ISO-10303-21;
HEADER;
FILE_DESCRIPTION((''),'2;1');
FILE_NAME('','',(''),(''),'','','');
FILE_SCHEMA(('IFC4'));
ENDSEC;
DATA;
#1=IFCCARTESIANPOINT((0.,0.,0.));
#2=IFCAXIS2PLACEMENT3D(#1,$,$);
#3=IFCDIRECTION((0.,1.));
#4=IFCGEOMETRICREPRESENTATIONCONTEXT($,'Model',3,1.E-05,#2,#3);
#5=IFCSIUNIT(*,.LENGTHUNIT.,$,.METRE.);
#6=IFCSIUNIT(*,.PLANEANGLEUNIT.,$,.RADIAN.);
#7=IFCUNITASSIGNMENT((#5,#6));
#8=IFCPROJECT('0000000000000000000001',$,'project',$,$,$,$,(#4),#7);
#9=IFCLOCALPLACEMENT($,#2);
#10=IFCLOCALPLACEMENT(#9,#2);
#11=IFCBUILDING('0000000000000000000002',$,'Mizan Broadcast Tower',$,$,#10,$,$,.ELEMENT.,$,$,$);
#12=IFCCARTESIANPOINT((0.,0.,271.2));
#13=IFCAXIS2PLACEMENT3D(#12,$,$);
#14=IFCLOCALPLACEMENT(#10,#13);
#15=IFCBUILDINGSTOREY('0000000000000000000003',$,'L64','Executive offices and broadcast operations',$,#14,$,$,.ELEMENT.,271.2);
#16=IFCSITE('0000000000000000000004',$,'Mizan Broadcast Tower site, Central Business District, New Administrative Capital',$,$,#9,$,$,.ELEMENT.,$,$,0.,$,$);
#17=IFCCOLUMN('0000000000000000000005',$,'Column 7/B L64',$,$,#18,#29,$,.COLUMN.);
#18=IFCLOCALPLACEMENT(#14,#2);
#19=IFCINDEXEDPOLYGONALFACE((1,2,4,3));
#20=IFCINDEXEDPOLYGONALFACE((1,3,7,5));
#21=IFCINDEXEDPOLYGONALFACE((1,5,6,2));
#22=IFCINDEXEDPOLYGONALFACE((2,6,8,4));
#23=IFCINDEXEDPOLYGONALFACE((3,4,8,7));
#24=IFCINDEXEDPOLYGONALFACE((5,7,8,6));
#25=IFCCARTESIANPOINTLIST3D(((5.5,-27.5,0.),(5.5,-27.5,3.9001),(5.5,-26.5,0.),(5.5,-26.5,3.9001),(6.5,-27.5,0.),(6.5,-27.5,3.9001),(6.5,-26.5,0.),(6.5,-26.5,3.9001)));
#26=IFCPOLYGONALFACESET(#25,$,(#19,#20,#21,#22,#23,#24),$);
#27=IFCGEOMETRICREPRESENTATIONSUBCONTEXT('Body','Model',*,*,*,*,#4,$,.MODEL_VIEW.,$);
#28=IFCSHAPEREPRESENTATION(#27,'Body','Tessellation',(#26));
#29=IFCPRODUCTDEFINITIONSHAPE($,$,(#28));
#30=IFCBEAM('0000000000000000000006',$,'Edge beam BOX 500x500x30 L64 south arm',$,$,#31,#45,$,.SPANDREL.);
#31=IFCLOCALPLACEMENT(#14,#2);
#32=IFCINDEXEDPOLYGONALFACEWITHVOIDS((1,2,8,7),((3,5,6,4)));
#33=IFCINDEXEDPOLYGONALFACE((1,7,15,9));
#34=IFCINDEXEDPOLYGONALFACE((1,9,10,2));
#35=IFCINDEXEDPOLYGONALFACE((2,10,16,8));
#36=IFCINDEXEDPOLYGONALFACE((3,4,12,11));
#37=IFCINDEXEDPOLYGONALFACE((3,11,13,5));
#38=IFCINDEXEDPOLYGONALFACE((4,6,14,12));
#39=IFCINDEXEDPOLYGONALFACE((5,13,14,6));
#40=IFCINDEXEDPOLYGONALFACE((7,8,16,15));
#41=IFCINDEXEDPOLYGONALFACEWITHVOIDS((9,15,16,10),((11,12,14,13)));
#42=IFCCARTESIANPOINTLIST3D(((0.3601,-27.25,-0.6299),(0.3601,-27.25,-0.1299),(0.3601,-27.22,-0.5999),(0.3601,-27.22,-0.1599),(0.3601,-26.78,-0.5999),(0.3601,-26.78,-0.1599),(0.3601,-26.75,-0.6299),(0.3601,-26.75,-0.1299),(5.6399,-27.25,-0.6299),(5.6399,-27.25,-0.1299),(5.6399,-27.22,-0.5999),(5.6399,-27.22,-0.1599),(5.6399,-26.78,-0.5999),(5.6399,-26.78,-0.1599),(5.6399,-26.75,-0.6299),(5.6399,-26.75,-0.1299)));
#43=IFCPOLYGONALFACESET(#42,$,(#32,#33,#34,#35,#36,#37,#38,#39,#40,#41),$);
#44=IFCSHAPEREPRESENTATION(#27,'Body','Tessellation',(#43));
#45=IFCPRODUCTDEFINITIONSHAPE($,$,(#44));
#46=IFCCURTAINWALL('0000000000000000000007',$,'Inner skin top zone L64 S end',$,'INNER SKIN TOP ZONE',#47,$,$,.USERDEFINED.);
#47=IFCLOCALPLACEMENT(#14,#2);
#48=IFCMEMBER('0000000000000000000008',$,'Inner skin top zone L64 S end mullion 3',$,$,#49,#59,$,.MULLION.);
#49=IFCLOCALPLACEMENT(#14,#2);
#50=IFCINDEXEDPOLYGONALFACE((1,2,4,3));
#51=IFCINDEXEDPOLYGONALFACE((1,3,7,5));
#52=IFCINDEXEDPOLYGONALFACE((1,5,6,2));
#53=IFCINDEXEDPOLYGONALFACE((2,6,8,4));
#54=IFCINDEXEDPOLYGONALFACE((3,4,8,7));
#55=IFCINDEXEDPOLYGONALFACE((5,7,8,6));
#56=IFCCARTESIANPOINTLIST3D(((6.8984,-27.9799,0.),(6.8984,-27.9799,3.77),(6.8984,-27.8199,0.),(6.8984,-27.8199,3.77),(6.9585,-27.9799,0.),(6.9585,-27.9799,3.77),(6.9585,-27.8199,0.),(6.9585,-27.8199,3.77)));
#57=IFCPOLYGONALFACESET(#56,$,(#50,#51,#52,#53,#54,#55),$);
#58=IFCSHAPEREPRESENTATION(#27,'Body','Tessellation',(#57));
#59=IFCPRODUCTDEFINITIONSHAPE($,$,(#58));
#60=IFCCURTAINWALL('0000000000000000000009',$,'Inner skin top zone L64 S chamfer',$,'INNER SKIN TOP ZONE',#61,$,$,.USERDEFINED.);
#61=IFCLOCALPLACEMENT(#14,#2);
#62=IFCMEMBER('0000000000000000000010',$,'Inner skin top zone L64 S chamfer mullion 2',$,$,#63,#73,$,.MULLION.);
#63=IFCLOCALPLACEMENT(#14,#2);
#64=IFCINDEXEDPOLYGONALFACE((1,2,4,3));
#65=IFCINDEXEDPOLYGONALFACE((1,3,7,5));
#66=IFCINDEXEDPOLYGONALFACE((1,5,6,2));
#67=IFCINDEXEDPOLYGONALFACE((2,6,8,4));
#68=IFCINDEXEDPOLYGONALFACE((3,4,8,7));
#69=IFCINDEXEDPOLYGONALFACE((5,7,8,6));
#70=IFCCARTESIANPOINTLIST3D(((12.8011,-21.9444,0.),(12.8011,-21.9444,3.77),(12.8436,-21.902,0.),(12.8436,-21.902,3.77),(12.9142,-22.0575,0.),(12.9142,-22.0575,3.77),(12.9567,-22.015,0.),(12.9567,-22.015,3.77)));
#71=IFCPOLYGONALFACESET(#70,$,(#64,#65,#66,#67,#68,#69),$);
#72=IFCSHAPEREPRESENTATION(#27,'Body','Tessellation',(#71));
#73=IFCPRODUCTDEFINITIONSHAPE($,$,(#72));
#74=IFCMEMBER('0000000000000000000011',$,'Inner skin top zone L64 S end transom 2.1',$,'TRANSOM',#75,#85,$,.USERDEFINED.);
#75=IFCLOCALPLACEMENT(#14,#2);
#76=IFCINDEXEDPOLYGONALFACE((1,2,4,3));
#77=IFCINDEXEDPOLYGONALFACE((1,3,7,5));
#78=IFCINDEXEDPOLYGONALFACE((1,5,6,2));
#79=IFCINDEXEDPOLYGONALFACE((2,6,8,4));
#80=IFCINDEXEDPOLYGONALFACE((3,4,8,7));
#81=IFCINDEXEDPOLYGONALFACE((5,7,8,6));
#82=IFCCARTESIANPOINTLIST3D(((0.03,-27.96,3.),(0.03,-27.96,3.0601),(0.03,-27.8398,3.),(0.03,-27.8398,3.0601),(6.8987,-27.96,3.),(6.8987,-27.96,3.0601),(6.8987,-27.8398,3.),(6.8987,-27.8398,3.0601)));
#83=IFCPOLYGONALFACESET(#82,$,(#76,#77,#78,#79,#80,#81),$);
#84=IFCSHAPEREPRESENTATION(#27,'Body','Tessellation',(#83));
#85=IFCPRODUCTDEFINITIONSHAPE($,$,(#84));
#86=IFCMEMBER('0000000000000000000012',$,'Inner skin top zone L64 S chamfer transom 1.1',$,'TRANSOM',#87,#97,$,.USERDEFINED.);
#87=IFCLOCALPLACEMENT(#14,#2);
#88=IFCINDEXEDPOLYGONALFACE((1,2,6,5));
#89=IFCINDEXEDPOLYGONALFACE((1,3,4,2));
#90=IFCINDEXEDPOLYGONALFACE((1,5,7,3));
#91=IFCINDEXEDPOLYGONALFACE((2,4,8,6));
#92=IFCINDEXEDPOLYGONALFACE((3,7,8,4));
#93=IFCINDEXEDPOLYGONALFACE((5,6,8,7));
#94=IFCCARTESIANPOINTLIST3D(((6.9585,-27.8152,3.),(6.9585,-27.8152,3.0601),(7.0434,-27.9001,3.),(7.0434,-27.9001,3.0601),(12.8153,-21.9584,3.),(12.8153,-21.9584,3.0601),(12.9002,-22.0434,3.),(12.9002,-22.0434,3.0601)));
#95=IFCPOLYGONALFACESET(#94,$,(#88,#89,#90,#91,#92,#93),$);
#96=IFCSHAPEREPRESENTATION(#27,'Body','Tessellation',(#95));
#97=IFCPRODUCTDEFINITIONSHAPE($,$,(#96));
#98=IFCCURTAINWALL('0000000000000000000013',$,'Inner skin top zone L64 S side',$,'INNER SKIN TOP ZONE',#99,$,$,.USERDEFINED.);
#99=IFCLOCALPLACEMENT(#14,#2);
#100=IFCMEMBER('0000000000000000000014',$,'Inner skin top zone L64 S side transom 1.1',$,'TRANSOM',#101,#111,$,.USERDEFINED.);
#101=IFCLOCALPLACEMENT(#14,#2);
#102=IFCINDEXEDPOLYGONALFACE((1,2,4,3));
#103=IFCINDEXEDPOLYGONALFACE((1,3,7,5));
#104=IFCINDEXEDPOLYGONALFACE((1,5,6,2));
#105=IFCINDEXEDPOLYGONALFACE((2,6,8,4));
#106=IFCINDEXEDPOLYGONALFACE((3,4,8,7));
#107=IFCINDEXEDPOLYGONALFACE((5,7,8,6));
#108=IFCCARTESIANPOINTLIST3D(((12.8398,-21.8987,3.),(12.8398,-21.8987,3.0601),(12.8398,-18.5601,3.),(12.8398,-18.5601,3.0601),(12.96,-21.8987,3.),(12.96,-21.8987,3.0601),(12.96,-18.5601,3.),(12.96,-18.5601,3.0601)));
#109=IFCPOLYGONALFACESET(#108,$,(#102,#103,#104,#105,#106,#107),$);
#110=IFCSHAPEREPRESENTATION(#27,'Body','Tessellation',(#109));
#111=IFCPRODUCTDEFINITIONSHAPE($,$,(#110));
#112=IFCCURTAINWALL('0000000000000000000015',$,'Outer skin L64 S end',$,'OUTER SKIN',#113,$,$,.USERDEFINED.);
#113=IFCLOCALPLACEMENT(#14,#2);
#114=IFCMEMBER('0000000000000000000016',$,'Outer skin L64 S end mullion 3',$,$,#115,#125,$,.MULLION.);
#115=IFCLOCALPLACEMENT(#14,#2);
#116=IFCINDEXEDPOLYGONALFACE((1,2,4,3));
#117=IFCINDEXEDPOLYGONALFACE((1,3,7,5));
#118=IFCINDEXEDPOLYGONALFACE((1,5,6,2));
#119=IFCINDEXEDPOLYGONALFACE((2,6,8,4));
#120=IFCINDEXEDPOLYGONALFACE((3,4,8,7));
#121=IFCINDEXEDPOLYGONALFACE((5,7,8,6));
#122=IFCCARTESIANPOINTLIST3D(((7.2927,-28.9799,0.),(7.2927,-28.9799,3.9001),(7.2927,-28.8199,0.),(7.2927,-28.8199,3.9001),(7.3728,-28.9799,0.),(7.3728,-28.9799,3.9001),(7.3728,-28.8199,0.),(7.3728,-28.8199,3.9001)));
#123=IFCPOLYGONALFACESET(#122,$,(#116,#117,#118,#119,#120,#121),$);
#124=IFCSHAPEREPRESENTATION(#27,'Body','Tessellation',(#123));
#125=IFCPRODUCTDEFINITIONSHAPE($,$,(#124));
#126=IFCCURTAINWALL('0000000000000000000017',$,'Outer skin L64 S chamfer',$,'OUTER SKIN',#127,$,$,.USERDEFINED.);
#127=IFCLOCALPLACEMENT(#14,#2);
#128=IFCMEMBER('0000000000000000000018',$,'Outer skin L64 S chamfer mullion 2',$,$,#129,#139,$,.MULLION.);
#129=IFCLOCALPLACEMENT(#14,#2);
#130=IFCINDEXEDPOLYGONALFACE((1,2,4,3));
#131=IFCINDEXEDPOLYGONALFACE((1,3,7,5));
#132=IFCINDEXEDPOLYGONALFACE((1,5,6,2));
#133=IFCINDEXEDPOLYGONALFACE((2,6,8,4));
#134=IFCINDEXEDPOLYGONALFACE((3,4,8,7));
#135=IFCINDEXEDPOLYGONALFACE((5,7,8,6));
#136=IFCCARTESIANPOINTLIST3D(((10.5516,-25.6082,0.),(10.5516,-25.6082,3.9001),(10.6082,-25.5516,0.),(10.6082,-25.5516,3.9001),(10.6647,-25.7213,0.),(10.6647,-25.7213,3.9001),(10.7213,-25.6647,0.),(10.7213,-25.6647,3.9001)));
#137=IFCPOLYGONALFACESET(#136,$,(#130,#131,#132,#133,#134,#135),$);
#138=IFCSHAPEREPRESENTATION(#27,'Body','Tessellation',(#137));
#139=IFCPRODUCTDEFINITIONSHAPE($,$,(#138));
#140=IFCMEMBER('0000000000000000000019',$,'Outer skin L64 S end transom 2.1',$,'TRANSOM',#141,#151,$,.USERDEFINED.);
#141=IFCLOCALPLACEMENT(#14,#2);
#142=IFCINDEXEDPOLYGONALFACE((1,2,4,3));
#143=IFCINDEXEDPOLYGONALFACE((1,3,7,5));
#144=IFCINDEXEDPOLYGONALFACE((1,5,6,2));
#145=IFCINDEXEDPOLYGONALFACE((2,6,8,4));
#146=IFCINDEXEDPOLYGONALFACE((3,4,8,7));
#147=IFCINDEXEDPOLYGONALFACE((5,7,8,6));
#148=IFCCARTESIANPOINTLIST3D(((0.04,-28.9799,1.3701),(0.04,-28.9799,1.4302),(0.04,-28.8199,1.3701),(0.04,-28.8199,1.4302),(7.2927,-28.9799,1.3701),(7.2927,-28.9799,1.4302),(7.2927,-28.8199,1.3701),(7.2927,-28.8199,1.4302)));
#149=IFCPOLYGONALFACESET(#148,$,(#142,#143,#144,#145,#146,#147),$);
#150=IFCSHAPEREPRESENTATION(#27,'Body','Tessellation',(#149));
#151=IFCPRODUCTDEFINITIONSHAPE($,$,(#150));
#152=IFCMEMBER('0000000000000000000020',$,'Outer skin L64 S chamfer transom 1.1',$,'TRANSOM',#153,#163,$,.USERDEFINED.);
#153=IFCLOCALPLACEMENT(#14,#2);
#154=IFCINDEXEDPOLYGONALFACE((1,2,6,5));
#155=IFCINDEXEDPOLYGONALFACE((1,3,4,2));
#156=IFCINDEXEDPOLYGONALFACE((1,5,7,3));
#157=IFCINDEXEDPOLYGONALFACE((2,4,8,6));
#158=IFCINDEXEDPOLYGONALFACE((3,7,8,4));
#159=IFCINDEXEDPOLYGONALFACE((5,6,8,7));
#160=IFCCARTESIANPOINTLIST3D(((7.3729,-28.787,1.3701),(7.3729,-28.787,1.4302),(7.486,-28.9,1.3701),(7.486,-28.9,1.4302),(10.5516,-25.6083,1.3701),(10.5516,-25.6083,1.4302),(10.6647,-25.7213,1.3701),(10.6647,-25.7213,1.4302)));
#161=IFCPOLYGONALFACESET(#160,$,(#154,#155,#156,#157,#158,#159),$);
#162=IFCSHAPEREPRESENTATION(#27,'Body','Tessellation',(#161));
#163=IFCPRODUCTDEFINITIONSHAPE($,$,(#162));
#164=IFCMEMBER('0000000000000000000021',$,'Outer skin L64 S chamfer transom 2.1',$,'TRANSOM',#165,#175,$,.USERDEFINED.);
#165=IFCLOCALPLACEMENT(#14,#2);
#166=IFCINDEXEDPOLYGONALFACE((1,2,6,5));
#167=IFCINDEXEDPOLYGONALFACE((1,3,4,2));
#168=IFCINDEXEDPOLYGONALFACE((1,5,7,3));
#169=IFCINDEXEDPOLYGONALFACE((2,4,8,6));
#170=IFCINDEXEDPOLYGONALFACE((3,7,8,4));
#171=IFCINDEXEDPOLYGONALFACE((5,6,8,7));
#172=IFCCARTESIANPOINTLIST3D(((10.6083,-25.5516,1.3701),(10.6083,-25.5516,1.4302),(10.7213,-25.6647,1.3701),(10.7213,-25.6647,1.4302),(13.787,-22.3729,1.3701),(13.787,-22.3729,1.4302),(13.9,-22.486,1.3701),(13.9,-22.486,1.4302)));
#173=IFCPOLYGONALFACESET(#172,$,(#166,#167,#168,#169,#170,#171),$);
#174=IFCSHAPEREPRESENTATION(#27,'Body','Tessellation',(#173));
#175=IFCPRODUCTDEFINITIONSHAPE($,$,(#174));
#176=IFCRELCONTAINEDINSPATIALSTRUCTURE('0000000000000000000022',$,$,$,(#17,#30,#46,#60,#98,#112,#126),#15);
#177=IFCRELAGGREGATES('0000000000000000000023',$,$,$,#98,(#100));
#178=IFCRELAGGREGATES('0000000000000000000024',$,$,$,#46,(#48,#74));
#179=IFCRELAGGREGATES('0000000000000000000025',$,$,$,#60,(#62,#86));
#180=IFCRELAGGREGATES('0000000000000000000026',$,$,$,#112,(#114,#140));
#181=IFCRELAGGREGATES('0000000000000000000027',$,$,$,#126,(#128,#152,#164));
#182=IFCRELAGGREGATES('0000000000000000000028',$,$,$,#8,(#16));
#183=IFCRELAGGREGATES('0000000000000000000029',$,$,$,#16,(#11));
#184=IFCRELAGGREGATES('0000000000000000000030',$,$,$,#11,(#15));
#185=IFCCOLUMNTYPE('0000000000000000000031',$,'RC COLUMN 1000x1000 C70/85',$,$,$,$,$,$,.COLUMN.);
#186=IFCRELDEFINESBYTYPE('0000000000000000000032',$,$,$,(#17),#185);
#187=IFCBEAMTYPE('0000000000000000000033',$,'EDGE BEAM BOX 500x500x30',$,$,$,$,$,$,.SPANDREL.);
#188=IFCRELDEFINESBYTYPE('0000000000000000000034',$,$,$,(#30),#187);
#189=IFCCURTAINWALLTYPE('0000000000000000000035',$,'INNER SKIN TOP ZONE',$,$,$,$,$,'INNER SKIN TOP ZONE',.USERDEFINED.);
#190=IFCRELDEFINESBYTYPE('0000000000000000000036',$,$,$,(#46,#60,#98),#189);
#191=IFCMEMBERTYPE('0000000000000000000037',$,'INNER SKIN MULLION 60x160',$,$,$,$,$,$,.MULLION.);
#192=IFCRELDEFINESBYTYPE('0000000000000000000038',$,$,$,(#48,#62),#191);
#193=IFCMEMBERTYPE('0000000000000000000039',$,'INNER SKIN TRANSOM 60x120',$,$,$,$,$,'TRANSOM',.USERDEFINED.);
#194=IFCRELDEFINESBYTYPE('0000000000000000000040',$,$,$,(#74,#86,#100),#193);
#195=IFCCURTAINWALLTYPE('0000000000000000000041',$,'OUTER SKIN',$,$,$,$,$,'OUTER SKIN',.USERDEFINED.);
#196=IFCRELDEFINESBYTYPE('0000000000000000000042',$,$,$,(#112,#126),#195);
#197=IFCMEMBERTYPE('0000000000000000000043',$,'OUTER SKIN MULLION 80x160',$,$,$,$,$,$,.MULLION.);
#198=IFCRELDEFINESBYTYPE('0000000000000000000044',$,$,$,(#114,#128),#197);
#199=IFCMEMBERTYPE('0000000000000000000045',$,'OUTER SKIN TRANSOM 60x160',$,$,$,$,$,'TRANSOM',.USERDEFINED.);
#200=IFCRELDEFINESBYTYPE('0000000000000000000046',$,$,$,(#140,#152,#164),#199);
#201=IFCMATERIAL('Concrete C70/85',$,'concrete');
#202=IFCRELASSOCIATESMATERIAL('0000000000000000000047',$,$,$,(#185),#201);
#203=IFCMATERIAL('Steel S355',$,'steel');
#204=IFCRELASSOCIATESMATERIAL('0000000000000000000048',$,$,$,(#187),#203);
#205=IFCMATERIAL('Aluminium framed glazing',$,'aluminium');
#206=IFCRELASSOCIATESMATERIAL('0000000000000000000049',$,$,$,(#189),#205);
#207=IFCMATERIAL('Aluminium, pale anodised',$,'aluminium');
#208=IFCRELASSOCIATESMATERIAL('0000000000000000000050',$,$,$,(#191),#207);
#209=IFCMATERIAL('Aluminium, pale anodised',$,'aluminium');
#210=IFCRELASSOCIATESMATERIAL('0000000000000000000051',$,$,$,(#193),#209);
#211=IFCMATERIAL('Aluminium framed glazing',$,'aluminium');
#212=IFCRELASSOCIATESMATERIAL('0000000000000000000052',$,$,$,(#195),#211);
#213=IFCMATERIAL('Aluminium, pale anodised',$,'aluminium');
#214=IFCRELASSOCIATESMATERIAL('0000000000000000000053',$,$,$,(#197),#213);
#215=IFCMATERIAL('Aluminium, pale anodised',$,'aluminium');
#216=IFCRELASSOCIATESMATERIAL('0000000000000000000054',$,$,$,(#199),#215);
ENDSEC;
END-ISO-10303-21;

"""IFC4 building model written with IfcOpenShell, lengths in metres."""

from ifc_helpers import new_model, si_unit, direction, frame, origin, origin_2d, place, context, subcontext, project, spatial, rectangle, hollow_rectangle, extrude, material, material_profile, profile_set, type_object, element, aggregate, save


model = new_model("IFC4")

# Units and contexts
model_context = context("Model", 3, precision=1e-05, world=origin(), true_north=direction((0.0, 1.0)))
body_context = subcontext(model_context, "Body", "Model", "MODEL_VIEW")
ifc_project = project(units=[si_unit("LENGTHUNIT", "METRE"), si_unit("PLANEANGLEUNIT", "RADIAN")], contexts=[model_context])

# Site, building, storey
site_placement = place(None, origin())
site = spatial("IfcSite", under=ifc_project, at=site_placement, Name="Mizan Broadcast Tower site, Central Business District, New Administrative Capital", CompositionType="ELEMENT", RefElevation=0.0)
building_placement = place(site_placement, origin())
building = spatial("IfcBuilding", under=site, at=building_placement, Name="Mizan Broadcast Tower", CompositionType="ELEMENT")
storey_placement = place(building_placement, frame((0.0, 0.0, 271.2)))
storey = spatial("IfcBuildingStorey", under=building, at=storey_placement, Name="L64", Description="Executive offices and broadcast operations", CompositionType="ELEMENT", Elevation=271.2)

# Column
ifc_material_1 = material(Name="Concrete C70/85", Category="concrete")
ifc_material_profile_1 = material_profile(ifc_material_1, rectangle(XDim=1.0, YDim=1.0, at=origin_2d()), Name="RC 1000x1000")
ifc_profile_set_1 = profile_set([ifc_material_profile_1], Name="Concrete C70/85")
column_type = type_object("IfcColumnType", Name="RC COLUMN 1000x1000 C70/85", PredefinedType="COLUMN", material=ifc_profile_set_1)
column_placement = place(storey_placement, frame((6.0, -27.0, 0.0), z_axis=(0.0, 0.0, 1.0), x_axis=(1.0, 0.0, 0.0)))
element("IfcColumn", 1, at=column_placement, inside=storey, type_object=column_type, Name="Column 7/B L64", PredefinedType="COLUMN", context=body_context, shape_type="SweptSolid", body=[
    extrude(rectangle(XDim=1.0, YDim=1.0, at=origin_2d()), origin(), (0.0, 0.0, 1.0), 3.9001),
])

# Beam
ifc_material_2 = material(Name="Steel S355", Category="steel")
ifc_material_profile_2 = material_profile(ifc_material_2, hollow_rectangle(XDim=0.5, YDim=0.5, WallThickness=0.03, at=origin_2d()), Name="BOX 500x500x30")
ifc_profile_set_2 = profile_set([ifc_material_profile_2], Name="Steel S355")
beam_type_1 = type_object("IfcBeamType", Name="EDGE BEAM BOX 500x500x30", PredefinedType="SPANDREL", material=ifc_profile_set_2)
beam_1_placement = place(storey_placement, frame((5.6399, -27.0, -0.3799), z_axis=(-1.0, 0.0, 0.0), x_axis=(0.0, -1.0, 0.0)))
element("IfcBeam", 2, at=beam_1_placement, inside=storey, type_object=beam_type_1, Name="Edge beam BOX 500x500x30 L64 south arm", PredefinedType="SPANDREL", context=body_context, shape_type="SweptSolid", body=[
    extrude(hollow_rectangle(XDim=0.5, YDim=0.5, WallThickness=0.03, at=origin_2d()), origin(), (0.0, 0.0, 1.0), 5.2798),
])

# Curtain walls, members
ifc_material_3 = material(Name="Aluminium framed glazing", Category="aluminium")
curtain_wall_type_1 = type_object("IfcCurtainWallType", Name="INNER SKIN TOP ZONE", ElementType="INNER SKIN TOP ZONE", PredefinedType="USERDEFINED", material=ifc_material_3)
curtain_wall_1_placement = place(storey_placement, origin())
curtain_wall_1 = element("IfcCurtainWall", 3, at=curtain_wall_1_placement, inside=storey, type_object=curtain_wall_type_1, Name="Inner skin top zone L64 S end", ObjectType="INNER SKIN TOP ZONE", PredefinedType="USERDEFINED")
ifc_material_4 = material(Name="Aluminium, pale anodised", Category="aluminium")
ifc_material_profile_3 = material_profile(ifc_material_4, rectangle(XDim=0.1599, YDim=0.0601, at=origin_2d()), Name="MULLION 160x60")
ifc_profile_set_3 = profile_set([ifc_material_profile_3], Name="Aluminium, pale anodised")
member_type_1 = type_object("IfcMemberType", Name="INNER SKIN MULLION 60x160", PredefinedType="MULLION", material=ifc_profile_set_3)
member_1_placement = place(storey_placement, frame((6.9285, -27.8999, 0.0), z_axis=(0.0, 0.0, 1.0), x_axis=(0.0, 1.0, 0.0)))
member_1 = element("IfcMember", 4, at=member_1_placement, type_object=member_type_1, Name="Inner skin top zone L64 S end mullion 3", PredefinedType="MULLION", context=body_context, shape_type="SweptSolid", body=[
    extrude(rectangle(XDim=0.1599, YDim=0.0601, at=origin_2d()), origin(), (0.0, 0.0, 1.0), 3.77),
])
curtain_wall_2_placement = place(storey_placement, origin())
curtain_wall_2 = element("IfcCurtainWall", 5, at=curtain_wall_2_placement, inside=storey, type_object=curtain_wall_type_1, Name="Inner skin top zone L64 S chamfer", ObjectType="INNER SKIN TOP ZONE", PredefinedType="USERDEFINED")
member_2_placement = place(storey_placement, frame((12.8789, -21.9797, 0.0), z_axis=(0.0, 0.0, 1.0), x_axis=(-0.707107, 0.707107, 0.0)))
member_2 = element("IfcMember", 6, at=member_2_placement, type_object=member_type_1, Name="Inner skin top zone L64 S chamfer mullion 2", PredefinedType="MULLION", context=body_context, shape_type="SweptSolid", body=[
    extrude(rectangle(XDim=0.1599, YDim=0.0601, at=origin_2d()), origin(), (0.0, 0.0, 1.0), 3.77),
])

# Members
ifc_material_5 = material(Name="Aluminium, pale anodised", Category="aluminium")
ifc_material_profile_4 = material_profile(ifc_material_5, rectangle(XDim=0.1201, YDim=0.0601, at=origin_2d()), Name="TRANSOM 120x60")
ifc_profile_set_4 = profile_set([ifc_material_profile_4], Name="Aluminium, pale anodised")
member_type_2 = type_object("IfcMemberType", Name="INNER SKIN TRANSOM 60x120", ElementType="TRANSOM", PredefinedType="USERDEFINED", material=ifc_profile_set_4)
member_3_placement = place(storey_placement, frame((0.03, -27.8999, 3.03), z_axis=(1.0, 0.0, 0.0), x_axis=(0.0, 1.0, 0.0)))
member_3 = element("IfcMember", 7, at=member_3_placement, type_object=member_type_2, Name="Inner skin top zone L64 S end transom 2.1", ObjectType="TRANSOM", PredefinedType="USERDEFINED", context=body_context, shape_type="SweptSolid", body=[
    extrude(rectangle(XDim=0.1201, YDim=0.0601, at=origin_2d()), origin(), (0.0, 0.0, 1.0), 6.8687),
])
member_4_placement = place(storey_placement, frame((7.001, -27.8577, 3.03), z_axis=(0.707107, 0.707107, 0.0), x_axis=(-0.707107, 0.707107, 0.0)))
member_4 = element("IfcMember", 8, at=member_4_placement, type_object=member_type_2, Name="Inner skin top zone L64 S chamfer transom 1.1", ObjectType="TRANSOM", PredefinedType="USERDEFINED", context=body_context, shape_type="SweptSolid", body=[
    extrude(rectangle(XDim=0.1201, YDim=0.0601, at=origin_2d()), origin(), (0.0, 0.0, 1.0), 8.2827),
])

# Curtain walls, members
curtain_wall_3_placement = place(storey_placement, origin())
curtain_wall_3 = element("IfcCurtainWall", 9, at=curtain_wall_3_placement, inside=storey, type_object=curtain_wall_type_1, Name="Inner skin top zone L64 S side", ObjectType="INNER SKIN TOP ZONE", PredefinedType="USERDEFINED")
member_5_placement = place(storey_placement, frame((12.8999, -21.8987, 3.03), z_axis=(0.0, 1.0, 0.0), x_axis=(-1.0, 0.0, 0.0)))
member_5 = element("IfcMember", 10, at=member_5_placement, type_object=member_type_2, Name="Inner skin top zone L64 S side transom 1.1", ObjectType="TRANSOM", PredefinedType="USERDEFINED", context=body_context, shape_type="SweptSolid", body=[
    extrude(rectangle(XDim=0.1201, YDim=0.0601, at=origin_2d()), origin(), (0.0, 0.0, 1.0), 3.3386),
])
aggregate(curtain_wall_3, [member_5])
ifc_material_6 = material(Name="Aluminium framed glazing", Category="aluminium")
curtain_wall_type_2 = type_object("IfcCurtainWallType", Name="OUTER SKIN", ElementType="OUTER SKIN", PredefinedType="USERDEFINED", material=ifc_material_6)
curtain_wall_4_placement = place(storey_placement, origin())
curtain_wall_4 = element("IfcCurtainWall", 11, at=curtain_wall_4_placement, inside=storey, type_object=curtain_wall_type_2, Name="Outer skin L64 S end", ObjectType="OUTER SKIN", PredefinedType="USERDEFINED")
ifc_material_7 = material(Name="Aluminium, pale anodised", Category="aluminium")
ifc_material_profile_5 = material_profile(ifc_material_7, rectangle(XDim=0.1599, YDim=0.0801, at=origin_2d()), Name="MULLION 160x80")
ifc_profile_set_5 = profile_set([ifc_material_profile_5], Name="Aluminium, pale anodised")
member_type_3 = type_object("IfcMemberType", Name="OUTER SKIN MULLION 80x160", PredefinedType="MULLION", material=ifc_profile_set_5)
member_6_placement = place(storey_placement, frame((7.3328, -28.8999, 0.0), z_axis=(0.0, 0.0, 1.0), x_axis=(0.0, 1.0, 0.0)))
member_6 = element("IfcMember", 12, at=member_6_placement, type_object=member_type_3, Name="Outer skin L64 S end mullion 3", PredefinedType="MULLION", context=body_context, shape_type="SweptSolid", body=[
    extrude(rectangle(XDim=0.1599, YDim=0.0801, at=origin_2d()), origin(), (0.0, 0.0, 1.0), 3.9001),
])
curtain_wall_5_placement = place(storey_placement, origin())
curtain_wall_5 = element("IfcCurtainWall", 13, at=curtain_wall_5_placement, inside=storey, type_object=curtain_wall_type_2, Name="Outer skin L64 S chamfer", ObjectType="OUTER SKIN", PredefinedType="USERDEFINED")
member_7_placement = place(storey_placement, frame((10.6365, -25.6365, 0.0), z_axis=(0.0, 0.0, 1.0), x_axis=(-0.707107, 0.707107, 0.0)))
member_7 = element("IfcMember", 14, at=member_7_placement, type_object=member_type_3, Name="Outer skin L64 S chamfer mullion 2", PredefinedType="MULLION", context=body_context, shape_type="SweptSolid", body=[
    extrude(rectangle(XDim=0.1599, YDim=0.0801, at=origin_2d()), origin(), (0.0, 0.0, 1.0), 3.9001),
])

# Members
ifc_material_8 = material(Name="Aluminium, pale anodised", Category="aluminium")
ifc_material_profile_6 = material_profile(ifc_material_8, rectangle(XDim=0.1599, YDim=0.0601, at=origin_2d()), Name="TRANSOM 160x60")
ifc_profile_set_6 = profile_set([ifc_material_profile_6], Name="Aluminium, pale anodised")
member_type_4 = type_object("IfcMemberType", Name="OUTER SKIN TRANSOM 60x160", ElementType="TRANSOM", PredefinedType="USERDEFINED", material=ifc_profile_set_6)
member_8_placement = place(storey_placement, frame((0.04, -28.8999, 1.4001), z_axis=(1.0, 0.0, 0.0), x_axis=(0.0, 1.0, 0.0)))
member_8 = element("IfcMember", 15, at=member_8_placement, type_object=member_type_4, Name="Outer skin L64 S end transom 2.1", ObjectType="TRANSOM", PredefinedType="USERDEFINED", context=body_context, shape_type="SweptSolid", body=[
    extrude(rectangle(XDim=0.1599, YDim=0.0601, at=origin_2d()), origin(), (0.0, 0.0, 1.0), 7.2527),
])
member_9_placement = place(storey_placement, frame((7.4294, -28.8435, 1.4001), z_axis=(0.707107, 0.707107, 0.0), x_axis=(-0.707107, 0.707107, 0.0)))
member_9 = element("IfcMember", 16, at=member_9_placement, type_object=member_type_4, Name="Outer skin L64 S chamfer transom 1.1", ObjectType="TRANSOM", PredefinedType="USERDEFINED", context=body_context, shape_type="SweptSolid", body=[
    extrude(rectangle(XDim=0.1599, YDim=0.0601, at=origin_2d()), origin(), (0.0, 0.0, 1.0), 4.4954),
])
member_10_placement = place(storey_placement, frame((10.6648, -25.6082, 1.4001), z_axis=(0.707107, 0.707107, 0.0), x_axis=(-0.707107, 0.707107, 0.0)))
member_10 = element("IfcMember", 17, at=member_10_placement, type_object=member_type_4, Name="Outer skin L64 S chamfer transom 2.1", ObjectType="TRANSOM", PredefinedType="USERDEFINED", context=body_context, shape_type="SweptSolid", body=[
    extrude(rectangle(XDim=0.1599, YDim=0.0601, at=origin_2d()), origin(), (0.0, 0.0, 1.0), 4.4954),
])

aggregate(curtain_wall_1, [member_1, member_3])
aggregate(curtain_wall_2, [member_2, member_4])
aggregate(curtain_wall_4, [member_6, member_8])
aggregate(curtain_wall_5, [member_7, member_9, member_10])

save(model, "model.ifc")
